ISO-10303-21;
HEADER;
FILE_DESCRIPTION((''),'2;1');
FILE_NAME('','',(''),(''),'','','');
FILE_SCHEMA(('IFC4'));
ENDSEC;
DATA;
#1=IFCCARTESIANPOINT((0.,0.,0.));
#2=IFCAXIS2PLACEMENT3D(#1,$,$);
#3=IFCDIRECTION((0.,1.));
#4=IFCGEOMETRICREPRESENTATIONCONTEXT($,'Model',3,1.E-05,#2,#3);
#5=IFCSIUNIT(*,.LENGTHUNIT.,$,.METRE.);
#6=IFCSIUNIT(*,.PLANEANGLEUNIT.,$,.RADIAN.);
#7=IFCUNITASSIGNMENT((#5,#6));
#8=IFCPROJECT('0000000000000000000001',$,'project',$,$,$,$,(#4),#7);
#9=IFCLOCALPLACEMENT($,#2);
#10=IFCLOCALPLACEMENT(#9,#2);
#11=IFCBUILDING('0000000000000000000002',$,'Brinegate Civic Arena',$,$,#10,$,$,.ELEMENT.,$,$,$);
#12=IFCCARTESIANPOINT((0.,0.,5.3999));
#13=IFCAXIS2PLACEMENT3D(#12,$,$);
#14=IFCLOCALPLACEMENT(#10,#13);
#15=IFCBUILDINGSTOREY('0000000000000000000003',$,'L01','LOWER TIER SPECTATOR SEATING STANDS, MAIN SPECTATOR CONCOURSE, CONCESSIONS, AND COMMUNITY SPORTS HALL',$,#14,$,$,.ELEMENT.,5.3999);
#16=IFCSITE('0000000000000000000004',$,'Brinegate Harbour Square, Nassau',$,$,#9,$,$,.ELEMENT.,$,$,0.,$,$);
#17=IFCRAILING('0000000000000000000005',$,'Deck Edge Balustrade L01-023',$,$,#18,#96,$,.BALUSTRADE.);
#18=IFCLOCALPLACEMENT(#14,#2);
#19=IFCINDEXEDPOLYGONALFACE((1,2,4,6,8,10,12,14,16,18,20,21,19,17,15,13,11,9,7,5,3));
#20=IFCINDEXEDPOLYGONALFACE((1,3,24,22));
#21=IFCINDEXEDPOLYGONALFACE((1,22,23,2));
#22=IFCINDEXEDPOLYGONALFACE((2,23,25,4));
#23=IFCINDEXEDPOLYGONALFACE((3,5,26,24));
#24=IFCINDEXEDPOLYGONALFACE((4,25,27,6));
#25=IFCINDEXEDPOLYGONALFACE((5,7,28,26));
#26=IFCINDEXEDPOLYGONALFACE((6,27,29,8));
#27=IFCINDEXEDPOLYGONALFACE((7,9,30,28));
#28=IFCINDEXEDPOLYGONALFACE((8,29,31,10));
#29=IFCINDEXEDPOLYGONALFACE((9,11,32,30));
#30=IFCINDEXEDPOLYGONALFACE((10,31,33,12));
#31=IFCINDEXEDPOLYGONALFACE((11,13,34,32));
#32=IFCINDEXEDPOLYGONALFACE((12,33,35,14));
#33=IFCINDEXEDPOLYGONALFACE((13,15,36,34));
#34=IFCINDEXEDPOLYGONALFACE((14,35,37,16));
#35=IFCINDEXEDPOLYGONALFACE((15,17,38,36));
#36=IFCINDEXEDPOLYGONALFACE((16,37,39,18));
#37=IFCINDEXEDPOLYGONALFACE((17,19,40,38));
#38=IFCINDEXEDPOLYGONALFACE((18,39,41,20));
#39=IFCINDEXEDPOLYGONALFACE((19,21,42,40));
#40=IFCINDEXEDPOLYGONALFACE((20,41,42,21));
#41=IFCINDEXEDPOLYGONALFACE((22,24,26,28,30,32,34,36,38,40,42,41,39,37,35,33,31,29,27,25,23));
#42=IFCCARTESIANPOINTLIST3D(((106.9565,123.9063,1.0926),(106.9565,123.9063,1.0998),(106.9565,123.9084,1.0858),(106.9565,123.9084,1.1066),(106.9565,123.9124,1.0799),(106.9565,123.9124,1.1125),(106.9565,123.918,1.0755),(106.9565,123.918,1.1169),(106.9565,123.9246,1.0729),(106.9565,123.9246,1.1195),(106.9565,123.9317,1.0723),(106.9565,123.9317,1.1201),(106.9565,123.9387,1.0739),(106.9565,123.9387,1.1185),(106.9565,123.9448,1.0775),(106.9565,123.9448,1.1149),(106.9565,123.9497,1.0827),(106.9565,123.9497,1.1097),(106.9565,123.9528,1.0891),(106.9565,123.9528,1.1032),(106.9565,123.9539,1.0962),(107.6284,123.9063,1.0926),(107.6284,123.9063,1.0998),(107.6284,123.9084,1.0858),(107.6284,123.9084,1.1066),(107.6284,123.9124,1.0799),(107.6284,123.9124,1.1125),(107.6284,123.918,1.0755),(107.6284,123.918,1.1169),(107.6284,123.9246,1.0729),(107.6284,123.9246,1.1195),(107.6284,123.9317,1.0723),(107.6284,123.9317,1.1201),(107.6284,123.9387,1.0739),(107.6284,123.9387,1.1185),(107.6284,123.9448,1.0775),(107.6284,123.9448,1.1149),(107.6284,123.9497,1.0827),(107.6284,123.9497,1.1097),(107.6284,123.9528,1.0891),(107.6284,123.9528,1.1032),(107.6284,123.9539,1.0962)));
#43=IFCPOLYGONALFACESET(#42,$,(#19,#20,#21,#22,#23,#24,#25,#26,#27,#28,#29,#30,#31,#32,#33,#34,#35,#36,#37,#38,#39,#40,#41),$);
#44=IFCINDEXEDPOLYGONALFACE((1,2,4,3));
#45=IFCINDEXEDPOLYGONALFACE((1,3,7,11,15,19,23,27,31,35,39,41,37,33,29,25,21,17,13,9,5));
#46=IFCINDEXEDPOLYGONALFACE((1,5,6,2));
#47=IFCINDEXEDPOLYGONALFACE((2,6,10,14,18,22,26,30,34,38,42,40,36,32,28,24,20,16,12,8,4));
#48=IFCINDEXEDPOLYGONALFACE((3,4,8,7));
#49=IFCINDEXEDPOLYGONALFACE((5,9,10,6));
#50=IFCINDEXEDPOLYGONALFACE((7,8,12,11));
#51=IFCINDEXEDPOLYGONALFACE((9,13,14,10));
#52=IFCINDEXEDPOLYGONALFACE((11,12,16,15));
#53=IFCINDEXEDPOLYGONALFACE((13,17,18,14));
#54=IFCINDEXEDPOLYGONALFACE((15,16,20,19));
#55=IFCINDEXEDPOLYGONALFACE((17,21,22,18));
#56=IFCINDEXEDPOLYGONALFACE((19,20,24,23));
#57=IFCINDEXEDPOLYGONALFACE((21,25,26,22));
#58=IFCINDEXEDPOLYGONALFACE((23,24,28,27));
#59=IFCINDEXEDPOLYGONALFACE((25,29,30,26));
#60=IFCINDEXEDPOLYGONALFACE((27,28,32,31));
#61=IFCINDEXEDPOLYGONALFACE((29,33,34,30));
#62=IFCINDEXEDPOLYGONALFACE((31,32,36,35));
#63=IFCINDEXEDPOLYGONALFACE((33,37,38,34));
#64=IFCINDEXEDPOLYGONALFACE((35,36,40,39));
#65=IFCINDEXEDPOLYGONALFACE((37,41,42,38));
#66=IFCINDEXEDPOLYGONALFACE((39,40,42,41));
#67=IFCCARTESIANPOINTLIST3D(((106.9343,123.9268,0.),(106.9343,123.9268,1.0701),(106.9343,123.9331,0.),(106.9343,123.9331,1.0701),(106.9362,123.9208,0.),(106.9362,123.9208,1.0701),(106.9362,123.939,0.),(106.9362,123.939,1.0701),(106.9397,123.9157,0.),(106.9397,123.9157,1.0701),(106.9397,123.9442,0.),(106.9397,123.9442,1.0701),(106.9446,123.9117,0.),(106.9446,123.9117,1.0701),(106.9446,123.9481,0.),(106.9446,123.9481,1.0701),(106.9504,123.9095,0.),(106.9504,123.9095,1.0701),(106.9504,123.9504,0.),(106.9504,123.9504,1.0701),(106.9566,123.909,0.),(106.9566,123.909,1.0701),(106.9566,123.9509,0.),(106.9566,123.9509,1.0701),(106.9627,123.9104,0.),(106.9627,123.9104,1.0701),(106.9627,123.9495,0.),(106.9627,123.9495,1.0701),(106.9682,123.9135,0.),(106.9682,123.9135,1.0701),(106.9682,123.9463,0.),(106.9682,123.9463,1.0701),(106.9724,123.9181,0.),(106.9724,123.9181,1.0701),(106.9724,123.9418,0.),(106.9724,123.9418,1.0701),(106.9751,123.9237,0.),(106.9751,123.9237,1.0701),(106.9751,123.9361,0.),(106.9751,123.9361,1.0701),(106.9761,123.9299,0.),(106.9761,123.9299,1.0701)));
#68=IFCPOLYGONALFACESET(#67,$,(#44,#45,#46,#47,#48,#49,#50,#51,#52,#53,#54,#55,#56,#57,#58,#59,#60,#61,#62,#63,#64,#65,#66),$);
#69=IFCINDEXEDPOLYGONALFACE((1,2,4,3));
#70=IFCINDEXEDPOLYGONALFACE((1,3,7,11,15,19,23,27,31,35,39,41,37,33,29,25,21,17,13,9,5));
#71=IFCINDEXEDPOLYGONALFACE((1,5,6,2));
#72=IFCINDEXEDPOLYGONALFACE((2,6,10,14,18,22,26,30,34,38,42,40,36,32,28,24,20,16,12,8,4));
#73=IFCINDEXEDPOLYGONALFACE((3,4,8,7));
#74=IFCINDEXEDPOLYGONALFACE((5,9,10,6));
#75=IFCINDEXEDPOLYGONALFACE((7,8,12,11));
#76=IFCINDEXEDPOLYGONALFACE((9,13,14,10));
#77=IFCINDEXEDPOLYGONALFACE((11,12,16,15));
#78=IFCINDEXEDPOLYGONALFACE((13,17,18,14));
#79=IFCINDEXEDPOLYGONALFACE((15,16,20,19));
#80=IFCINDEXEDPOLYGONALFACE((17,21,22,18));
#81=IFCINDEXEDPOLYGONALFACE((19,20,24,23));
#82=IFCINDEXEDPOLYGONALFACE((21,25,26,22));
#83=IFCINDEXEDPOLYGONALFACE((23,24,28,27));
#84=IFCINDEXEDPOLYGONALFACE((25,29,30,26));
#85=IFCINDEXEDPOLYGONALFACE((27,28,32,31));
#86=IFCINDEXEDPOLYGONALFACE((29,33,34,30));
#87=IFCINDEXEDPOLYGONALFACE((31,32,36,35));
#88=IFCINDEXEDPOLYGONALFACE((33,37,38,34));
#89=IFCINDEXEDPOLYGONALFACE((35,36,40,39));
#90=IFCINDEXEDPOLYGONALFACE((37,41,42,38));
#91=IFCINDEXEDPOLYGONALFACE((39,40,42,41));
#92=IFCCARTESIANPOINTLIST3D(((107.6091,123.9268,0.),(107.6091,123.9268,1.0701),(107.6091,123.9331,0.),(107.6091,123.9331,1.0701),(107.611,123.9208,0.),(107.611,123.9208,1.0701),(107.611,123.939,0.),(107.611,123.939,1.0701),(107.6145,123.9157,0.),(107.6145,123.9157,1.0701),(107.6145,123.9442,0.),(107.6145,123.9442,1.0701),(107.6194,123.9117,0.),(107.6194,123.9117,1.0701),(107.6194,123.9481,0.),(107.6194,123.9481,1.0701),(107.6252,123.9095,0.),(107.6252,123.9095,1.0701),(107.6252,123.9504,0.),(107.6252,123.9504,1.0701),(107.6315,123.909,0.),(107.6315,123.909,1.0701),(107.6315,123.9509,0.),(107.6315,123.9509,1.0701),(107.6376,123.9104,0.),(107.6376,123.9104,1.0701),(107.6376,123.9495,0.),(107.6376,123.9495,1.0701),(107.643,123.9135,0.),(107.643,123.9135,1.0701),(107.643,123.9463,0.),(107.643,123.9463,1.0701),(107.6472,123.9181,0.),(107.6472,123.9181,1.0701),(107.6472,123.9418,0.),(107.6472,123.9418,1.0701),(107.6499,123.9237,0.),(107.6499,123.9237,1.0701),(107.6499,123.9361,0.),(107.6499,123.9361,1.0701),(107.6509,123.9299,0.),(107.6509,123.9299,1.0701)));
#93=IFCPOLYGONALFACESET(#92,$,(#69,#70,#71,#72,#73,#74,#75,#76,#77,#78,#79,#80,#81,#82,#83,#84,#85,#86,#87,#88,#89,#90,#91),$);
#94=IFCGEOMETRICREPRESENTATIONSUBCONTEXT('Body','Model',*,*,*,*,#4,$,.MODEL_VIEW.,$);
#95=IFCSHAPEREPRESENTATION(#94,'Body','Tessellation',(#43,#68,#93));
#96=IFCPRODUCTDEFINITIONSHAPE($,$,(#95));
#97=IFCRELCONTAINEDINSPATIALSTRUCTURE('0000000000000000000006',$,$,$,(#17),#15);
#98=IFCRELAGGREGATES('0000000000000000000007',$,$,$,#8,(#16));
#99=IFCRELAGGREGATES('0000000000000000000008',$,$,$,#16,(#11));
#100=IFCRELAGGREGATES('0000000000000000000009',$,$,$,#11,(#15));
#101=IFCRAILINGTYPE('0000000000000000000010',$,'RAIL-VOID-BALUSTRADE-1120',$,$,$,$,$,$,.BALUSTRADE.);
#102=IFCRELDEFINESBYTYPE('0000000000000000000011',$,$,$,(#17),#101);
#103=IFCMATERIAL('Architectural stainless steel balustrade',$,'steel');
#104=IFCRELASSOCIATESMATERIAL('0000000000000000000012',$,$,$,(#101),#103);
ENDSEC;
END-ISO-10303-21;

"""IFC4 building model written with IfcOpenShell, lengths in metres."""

from ifc_helpers import new_model, si_unit, direction, frame, origin, origin_2d, place, context, subcontext, project, spatial, circle, extrude, material, type_object, element, save


model = new_model("IFC4")

# Units and contexts
model_context = context("Model", 3, precision=1e-05, world=origin(), true_north=direction((0.0, 1.0)))
body_context = subcontext(model_context, "Body", "Model", "MODEL_VIEW")
ifc_project = project(units=[si_unit("LENGTHUNIT", "METRE"), si_unit("PLANEANGLEUNIT", "RADIAN")], contexts=[model_context])

# Site, building, storey
site_placement = place(None, origin())
site = spatial("IfcSite", under=ifc_project, at=site_placement, Name="Brinegate Harbour Square, Nassau", CompositionType="ELEMENT", RefElevation=0.0)
building_placement = place(site_placement, origin())
building = spatial("IfcBuilding", under=site, at=building_placement, Name="Brinegate Civic Arena", CompositionType="ELEMENT")
storey_placement = place(building_placement, frame((0.0, 0.0, 5.3999)))
storey = spatial("IfcBuildingStorey", under=building, at=storey_placement, Name="L01", Description="LOWER TIER SPECTATOR SEATING STANDS, MAIN SPECTATOR CONCOURSE, CONCESSIONS, AND COMMUNITY SPORTS HALL", CompositionType="ELEMENT", Elevation=5.3999)

# Railing
ifc_material_1 = material(Name="Architectural stainless steel balustrade", Category="steel")
railing_type = type_object("IfcRailingType", Name="RAIL-VOID-BALUSTRADE-1120", PredefinedType="BALUSTRADE", material=ifc_material_1)
railing_placement = place(storey_placement, frame((106.9551, 123.9299, 0.0)))
element("IfcRailing", 1, at=railing_placement, inside=storey, type_object=railing_type, Name="Deck Edge Balustrade L01-023", PredefinedType="BALUSTRADE", context=body_context, shape_type="SweptSolid", body=[
    extrude(circle(Radius=0.0239, at=origin_2d()), frame((0.0015, 0.0, 1.0962), z_axis=(1.0, 0.0, 0.0), x_axis=(0.0, 1.0, 0.0)), (0.0, 0.0, 1.0), 0.6719),
    extrude(circle(Radius=0.021, at=origin_2d()), origin(), (0.0, 0.0, 1.0), 1.0701),
    extrude(circle(Radius=0.021, at=origin_2d()), frame((0.6748, 0.0, 0.0)), (0.0, 0.0, 1.0), 1.0701),
])

save(model, "model.ifc")
